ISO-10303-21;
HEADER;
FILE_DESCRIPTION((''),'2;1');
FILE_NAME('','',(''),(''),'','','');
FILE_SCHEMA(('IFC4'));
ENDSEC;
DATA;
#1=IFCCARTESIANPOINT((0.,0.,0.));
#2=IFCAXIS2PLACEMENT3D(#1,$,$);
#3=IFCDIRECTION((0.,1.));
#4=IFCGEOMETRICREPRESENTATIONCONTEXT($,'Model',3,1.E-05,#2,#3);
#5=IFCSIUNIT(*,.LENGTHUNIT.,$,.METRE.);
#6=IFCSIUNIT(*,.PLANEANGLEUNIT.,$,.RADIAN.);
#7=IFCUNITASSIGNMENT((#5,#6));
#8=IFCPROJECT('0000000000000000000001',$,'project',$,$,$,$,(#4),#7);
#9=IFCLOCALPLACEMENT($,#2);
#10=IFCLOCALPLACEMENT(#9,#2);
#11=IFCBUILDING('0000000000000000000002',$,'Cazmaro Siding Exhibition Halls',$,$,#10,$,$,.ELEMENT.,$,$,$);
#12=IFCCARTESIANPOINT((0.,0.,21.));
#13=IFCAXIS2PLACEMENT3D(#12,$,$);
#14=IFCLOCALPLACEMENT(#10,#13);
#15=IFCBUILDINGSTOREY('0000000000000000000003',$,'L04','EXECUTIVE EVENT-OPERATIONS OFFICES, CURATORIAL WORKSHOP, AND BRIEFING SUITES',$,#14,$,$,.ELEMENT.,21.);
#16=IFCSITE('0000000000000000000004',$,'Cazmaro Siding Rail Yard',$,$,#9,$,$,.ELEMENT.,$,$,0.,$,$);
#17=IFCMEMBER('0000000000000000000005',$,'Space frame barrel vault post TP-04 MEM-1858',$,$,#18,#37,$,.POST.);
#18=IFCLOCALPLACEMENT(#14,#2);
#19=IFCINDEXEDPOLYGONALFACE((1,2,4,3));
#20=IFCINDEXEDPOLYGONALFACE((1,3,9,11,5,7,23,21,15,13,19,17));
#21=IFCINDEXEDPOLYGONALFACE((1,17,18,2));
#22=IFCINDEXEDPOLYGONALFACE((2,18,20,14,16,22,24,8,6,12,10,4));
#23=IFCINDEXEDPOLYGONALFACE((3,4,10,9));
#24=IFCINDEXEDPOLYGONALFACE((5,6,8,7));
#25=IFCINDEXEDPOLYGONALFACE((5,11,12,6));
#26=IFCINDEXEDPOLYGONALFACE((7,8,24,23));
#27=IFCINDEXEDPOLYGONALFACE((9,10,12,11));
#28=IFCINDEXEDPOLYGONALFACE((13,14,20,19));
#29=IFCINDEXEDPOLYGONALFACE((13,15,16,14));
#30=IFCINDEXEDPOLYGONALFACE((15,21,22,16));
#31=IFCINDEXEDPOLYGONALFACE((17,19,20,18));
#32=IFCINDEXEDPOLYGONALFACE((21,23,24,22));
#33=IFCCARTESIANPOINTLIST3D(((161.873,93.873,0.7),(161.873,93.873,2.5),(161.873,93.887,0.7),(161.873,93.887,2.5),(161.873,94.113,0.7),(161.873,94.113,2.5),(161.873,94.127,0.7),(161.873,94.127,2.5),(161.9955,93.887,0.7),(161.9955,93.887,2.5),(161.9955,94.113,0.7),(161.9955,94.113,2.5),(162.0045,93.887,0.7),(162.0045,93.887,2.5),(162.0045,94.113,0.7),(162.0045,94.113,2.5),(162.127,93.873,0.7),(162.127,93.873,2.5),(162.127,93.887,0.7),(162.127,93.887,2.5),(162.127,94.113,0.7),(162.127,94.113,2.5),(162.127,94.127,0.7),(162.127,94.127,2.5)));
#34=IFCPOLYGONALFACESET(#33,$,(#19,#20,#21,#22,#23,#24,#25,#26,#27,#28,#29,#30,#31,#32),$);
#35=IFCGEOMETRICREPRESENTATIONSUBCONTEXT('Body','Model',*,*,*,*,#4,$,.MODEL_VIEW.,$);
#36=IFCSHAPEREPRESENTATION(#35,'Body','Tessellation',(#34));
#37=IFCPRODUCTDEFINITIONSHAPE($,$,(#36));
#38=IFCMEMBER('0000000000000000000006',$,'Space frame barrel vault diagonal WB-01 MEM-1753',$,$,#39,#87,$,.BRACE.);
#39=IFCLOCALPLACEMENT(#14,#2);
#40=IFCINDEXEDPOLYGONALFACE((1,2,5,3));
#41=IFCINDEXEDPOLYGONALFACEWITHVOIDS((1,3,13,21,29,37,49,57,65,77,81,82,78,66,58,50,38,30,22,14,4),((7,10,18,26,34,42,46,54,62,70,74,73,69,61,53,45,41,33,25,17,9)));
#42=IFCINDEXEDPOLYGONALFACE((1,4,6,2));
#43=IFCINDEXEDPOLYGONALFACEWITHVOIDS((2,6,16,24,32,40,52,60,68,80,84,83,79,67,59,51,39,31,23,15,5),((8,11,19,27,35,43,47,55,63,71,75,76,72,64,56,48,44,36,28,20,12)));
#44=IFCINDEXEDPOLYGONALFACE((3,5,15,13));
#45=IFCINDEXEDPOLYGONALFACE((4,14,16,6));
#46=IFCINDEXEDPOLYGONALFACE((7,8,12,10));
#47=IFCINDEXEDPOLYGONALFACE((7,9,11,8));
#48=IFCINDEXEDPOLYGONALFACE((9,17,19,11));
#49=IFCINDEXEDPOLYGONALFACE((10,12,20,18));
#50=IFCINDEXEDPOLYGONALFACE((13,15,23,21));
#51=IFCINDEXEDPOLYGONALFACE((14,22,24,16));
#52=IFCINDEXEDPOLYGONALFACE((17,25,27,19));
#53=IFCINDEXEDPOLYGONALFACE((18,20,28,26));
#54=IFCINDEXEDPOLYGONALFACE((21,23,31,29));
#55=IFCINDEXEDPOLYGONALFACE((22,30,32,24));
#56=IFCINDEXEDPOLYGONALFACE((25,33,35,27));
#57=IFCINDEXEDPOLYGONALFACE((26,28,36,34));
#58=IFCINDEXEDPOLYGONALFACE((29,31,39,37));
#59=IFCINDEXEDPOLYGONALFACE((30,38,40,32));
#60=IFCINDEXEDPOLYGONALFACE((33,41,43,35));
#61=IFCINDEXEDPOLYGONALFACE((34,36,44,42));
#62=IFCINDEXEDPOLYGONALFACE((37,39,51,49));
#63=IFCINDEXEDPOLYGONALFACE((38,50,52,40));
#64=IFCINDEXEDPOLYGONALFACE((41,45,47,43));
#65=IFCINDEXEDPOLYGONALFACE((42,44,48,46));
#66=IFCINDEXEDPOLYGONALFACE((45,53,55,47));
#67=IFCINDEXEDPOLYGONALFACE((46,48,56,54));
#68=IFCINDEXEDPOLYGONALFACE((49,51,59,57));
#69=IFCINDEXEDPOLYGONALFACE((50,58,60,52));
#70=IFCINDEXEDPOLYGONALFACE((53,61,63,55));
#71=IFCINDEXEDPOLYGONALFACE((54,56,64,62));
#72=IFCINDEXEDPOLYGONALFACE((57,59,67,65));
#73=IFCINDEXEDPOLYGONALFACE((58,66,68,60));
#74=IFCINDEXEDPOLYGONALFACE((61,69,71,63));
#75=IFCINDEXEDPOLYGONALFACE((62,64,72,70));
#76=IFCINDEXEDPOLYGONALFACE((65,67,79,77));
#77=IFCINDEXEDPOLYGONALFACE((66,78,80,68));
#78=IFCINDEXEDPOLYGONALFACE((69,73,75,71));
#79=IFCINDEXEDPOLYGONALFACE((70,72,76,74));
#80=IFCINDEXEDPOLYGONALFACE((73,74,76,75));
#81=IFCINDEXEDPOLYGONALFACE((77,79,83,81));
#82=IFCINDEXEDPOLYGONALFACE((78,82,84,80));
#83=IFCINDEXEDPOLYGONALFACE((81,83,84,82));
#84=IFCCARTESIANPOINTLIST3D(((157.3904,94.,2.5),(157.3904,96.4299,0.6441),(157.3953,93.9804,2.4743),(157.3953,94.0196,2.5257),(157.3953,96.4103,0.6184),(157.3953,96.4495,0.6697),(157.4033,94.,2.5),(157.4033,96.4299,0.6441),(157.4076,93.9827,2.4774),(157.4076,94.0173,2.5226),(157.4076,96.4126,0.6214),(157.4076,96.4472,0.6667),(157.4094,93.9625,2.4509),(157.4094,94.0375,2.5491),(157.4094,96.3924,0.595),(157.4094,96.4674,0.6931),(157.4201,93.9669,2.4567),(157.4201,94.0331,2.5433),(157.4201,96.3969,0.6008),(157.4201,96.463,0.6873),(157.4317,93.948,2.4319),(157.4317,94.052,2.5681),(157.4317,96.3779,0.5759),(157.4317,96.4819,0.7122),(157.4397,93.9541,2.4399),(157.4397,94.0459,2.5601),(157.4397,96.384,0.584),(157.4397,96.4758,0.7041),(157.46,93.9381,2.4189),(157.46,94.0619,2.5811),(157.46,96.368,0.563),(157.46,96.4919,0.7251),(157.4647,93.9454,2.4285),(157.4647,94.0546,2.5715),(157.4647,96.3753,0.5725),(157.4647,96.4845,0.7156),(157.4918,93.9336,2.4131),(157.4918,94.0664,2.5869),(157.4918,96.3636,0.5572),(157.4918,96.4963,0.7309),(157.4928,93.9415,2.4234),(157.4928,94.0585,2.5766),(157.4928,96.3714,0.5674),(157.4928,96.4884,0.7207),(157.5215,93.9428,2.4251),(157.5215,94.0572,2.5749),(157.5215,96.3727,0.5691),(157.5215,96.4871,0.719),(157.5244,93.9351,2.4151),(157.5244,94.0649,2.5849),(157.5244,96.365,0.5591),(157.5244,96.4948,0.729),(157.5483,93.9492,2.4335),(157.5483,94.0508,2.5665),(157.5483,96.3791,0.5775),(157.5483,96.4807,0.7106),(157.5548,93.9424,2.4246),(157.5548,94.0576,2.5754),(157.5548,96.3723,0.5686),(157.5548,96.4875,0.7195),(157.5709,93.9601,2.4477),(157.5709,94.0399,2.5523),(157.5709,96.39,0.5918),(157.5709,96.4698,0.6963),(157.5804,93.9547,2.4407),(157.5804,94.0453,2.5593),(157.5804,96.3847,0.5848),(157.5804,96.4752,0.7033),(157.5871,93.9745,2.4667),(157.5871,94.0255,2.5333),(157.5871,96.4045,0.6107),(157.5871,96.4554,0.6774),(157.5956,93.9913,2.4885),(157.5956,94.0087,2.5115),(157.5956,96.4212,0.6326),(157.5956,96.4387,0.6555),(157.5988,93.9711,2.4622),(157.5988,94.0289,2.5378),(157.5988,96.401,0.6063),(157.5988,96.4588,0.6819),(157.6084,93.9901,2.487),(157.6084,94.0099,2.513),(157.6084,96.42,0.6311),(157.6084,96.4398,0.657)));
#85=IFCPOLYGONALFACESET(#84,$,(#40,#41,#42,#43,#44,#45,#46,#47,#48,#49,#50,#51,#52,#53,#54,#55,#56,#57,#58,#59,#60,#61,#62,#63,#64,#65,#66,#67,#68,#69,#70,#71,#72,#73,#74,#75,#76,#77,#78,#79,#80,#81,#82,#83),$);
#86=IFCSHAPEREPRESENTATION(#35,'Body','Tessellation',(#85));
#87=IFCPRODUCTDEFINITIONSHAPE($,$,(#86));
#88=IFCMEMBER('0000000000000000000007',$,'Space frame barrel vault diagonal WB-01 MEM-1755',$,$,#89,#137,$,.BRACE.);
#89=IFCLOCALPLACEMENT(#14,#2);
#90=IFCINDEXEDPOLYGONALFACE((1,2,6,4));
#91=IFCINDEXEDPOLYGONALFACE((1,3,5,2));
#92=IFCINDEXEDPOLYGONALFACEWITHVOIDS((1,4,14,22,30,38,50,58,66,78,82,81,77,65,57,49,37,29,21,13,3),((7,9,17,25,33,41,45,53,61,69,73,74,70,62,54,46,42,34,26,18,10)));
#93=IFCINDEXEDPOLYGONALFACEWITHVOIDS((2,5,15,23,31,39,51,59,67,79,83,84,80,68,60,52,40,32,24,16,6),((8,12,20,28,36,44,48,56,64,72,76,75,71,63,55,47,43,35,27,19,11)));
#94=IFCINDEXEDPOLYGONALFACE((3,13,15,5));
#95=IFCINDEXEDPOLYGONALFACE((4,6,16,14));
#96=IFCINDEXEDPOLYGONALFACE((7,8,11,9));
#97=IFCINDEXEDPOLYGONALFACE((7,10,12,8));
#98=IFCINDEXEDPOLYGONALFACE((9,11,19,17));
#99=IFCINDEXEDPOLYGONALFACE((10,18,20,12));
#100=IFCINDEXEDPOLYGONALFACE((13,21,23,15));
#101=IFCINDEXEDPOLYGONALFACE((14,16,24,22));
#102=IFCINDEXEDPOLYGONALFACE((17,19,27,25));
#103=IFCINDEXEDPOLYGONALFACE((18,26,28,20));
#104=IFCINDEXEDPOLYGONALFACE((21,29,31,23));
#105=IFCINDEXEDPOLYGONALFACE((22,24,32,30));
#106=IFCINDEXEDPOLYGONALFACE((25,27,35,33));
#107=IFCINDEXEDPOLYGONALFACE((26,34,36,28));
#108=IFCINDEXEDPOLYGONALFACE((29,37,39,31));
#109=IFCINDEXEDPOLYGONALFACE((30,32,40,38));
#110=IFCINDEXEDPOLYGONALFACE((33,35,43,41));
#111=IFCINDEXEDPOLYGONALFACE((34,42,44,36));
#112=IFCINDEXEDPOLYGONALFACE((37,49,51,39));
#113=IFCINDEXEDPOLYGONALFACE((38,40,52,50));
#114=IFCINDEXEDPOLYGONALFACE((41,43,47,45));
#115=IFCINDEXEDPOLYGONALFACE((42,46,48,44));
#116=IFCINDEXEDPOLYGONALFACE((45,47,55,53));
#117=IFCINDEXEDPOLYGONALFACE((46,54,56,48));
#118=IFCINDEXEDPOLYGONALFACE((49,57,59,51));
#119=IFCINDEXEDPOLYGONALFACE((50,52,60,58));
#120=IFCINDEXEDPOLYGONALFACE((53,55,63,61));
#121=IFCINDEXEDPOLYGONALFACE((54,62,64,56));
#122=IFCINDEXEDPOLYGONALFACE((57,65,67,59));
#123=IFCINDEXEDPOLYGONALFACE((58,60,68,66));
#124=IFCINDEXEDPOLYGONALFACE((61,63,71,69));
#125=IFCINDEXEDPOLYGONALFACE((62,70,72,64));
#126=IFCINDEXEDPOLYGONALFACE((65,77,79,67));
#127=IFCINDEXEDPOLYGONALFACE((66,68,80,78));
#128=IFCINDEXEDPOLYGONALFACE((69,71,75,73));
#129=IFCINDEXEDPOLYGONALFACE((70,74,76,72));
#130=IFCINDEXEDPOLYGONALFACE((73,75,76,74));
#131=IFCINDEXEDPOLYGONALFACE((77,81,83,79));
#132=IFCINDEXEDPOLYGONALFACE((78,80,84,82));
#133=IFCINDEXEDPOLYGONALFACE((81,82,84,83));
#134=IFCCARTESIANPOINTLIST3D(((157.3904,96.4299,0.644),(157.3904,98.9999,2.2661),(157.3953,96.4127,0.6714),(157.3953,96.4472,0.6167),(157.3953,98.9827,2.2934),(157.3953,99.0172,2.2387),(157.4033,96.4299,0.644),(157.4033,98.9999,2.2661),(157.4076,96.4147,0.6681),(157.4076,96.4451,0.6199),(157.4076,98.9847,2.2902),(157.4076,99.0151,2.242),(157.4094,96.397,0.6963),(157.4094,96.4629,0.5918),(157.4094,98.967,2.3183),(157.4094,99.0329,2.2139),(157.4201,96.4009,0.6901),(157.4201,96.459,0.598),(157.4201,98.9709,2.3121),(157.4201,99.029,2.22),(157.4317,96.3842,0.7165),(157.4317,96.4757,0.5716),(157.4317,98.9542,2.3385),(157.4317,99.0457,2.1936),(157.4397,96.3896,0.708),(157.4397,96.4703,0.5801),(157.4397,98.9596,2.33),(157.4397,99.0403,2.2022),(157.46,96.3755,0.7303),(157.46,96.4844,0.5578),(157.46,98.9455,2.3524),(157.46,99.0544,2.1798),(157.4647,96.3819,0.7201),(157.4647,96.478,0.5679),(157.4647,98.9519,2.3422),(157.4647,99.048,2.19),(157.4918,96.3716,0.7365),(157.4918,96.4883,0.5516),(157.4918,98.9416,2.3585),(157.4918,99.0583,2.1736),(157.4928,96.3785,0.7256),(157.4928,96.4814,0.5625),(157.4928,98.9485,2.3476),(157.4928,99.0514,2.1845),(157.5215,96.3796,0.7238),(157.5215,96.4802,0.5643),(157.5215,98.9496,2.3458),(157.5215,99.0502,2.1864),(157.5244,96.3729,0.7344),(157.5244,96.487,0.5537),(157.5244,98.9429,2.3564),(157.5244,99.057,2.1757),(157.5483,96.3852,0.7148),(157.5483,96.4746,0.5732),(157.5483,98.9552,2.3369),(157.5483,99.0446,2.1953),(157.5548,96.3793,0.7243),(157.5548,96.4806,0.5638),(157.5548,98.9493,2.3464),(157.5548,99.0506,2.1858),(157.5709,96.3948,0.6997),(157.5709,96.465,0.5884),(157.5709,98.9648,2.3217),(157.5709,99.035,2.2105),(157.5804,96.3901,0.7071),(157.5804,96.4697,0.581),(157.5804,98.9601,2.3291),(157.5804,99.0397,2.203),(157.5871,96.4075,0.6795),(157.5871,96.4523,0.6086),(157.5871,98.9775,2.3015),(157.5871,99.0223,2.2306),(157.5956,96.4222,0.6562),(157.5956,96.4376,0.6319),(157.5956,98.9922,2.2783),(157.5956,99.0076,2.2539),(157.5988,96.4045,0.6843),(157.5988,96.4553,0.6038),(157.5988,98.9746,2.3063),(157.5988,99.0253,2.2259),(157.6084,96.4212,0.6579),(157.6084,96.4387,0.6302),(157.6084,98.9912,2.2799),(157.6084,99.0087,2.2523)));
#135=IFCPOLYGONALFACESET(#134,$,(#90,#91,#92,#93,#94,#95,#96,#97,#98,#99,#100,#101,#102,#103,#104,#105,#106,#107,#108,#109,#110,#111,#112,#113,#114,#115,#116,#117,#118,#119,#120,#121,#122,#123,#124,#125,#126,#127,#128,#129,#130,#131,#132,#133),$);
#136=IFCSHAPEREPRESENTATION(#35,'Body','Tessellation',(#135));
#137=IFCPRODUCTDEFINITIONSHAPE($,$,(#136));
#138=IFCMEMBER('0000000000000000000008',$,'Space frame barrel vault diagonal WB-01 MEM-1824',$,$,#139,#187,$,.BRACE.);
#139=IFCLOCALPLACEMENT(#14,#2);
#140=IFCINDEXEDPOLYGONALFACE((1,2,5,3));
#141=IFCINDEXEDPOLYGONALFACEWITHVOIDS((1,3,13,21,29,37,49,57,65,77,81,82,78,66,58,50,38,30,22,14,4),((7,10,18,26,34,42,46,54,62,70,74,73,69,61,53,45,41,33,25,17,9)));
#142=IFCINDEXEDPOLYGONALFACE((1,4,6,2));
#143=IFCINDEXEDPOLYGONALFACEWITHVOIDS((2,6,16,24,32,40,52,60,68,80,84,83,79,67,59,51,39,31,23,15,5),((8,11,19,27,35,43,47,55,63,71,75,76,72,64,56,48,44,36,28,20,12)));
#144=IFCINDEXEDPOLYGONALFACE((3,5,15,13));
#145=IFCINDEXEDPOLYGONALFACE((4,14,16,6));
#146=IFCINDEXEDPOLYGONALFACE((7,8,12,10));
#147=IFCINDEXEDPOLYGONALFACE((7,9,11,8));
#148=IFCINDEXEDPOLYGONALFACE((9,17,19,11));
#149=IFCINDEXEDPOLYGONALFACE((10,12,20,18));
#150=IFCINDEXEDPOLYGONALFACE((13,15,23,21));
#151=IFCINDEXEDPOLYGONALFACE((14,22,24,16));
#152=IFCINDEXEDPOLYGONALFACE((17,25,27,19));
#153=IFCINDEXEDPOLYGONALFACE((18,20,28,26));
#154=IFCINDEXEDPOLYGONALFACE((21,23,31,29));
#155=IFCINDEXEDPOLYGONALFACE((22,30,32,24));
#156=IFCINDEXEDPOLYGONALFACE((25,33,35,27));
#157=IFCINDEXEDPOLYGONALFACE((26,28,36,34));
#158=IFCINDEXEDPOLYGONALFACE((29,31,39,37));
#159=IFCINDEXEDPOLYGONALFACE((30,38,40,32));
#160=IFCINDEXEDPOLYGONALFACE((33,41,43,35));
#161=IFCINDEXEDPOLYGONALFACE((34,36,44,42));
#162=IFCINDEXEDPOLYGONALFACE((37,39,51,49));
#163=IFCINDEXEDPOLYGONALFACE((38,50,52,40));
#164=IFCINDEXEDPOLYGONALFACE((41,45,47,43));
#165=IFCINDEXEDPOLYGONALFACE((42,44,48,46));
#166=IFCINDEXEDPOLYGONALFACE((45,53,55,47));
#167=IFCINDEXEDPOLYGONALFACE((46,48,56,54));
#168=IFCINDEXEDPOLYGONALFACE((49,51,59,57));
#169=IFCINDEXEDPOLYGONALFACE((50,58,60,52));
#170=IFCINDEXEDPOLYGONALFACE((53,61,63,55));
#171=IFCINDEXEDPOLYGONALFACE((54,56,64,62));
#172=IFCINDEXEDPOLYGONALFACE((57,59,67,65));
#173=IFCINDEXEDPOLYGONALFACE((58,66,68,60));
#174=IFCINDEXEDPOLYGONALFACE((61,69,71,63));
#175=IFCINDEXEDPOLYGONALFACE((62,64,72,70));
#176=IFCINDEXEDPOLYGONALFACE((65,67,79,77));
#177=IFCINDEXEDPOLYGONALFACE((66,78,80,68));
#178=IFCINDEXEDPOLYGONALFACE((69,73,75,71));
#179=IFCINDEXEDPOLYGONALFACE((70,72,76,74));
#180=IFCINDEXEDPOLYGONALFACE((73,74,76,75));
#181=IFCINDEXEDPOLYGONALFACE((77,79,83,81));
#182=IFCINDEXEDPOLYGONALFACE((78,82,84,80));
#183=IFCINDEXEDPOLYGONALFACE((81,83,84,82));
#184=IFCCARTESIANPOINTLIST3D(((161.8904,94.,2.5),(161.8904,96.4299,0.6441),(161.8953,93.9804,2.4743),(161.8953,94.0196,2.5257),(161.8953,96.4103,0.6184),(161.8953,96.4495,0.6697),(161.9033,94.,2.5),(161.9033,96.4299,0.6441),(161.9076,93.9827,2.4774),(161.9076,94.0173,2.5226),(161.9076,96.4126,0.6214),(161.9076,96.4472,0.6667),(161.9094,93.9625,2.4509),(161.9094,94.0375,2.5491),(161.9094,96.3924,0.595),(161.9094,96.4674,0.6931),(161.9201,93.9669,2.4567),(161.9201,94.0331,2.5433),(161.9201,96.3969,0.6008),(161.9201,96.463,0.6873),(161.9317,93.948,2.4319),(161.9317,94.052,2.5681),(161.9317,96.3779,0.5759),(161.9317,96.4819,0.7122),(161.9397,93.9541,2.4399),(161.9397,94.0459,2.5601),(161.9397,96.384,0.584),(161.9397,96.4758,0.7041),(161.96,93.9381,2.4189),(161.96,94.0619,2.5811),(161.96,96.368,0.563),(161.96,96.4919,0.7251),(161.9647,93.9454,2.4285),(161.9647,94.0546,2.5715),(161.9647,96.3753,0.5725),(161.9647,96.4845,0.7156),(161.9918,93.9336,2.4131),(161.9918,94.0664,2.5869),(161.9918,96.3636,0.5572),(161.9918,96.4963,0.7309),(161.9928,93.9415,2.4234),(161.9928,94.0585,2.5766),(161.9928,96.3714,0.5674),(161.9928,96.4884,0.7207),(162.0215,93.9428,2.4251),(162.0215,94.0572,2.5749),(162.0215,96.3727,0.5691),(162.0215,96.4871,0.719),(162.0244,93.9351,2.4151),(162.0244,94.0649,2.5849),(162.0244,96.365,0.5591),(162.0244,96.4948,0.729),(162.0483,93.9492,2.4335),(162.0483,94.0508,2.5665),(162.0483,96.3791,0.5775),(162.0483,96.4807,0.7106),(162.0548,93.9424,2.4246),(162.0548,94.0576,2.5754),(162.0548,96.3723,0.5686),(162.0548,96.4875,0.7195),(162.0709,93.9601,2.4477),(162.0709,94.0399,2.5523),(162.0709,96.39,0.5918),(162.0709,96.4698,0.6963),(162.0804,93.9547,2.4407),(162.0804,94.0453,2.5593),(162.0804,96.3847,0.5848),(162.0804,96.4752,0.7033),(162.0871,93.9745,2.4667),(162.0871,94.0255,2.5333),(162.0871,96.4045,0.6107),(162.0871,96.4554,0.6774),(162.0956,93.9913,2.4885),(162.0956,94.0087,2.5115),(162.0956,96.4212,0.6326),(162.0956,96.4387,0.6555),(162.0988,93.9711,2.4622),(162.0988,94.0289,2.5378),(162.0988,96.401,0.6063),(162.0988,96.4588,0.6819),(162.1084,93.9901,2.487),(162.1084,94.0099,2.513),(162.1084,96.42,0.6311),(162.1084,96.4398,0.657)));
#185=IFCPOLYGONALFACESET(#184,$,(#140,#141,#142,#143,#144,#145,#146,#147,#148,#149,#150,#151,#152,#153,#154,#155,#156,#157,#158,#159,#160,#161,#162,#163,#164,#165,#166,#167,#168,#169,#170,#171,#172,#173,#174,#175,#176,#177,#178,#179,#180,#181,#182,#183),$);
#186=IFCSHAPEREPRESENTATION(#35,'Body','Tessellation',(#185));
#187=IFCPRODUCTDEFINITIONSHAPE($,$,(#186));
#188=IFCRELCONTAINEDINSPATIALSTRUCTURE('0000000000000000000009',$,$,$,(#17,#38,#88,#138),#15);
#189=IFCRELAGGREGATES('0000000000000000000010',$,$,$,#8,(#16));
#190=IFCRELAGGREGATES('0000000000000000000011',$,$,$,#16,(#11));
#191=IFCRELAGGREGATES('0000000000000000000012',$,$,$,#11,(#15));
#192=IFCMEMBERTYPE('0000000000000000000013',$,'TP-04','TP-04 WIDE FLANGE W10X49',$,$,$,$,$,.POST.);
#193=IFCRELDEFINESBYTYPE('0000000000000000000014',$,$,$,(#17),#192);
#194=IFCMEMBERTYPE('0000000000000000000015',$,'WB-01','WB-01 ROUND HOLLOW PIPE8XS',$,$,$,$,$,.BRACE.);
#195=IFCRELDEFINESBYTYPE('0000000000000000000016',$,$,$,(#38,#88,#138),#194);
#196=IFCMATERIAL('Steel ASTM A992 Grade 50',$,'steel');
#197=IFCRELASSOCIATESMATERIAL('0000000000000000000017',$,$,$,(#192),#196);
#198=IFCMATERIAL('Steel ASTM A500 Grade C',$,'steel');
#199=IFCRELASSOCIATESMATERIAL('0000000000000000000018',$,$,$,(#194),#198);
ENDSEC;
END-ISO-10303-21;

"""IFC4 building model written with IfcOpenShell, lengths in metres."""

from ifc_helpers import new_model, si_unit, direction, frame, origin, origin_2d, place, context, subcontext, project, spatial, hollow_circle, i_section, extrude, material, material_profile, profile_set, type_object, element, save


model = new_model("IFC4")

# Units and contexts
model_context = context("Model", 3, precision=1e-05, world=origin(), true_north=direction((0.0, 1.0)))
body_context = subcontext(model_context, "Body", "Model", "MODEL_VIEW")
ifc_project = project(units=[si_unit("LENGTHUNIT", "METRE"), si_unit("PLANEANGLEUNIT", "RADIAN")], contexts=[model_context])

# Site, building, storey
site_placement = place(None, origin())
site = spatial("IfcSite", under=ifc_project, at=site_placement, Name="Cazmaro Siding Rail Yard", CompositionType="ELEMENT", RefElevation=0.0)
building_placement = place(site_placement, origin())
building = spatial("IfcBuilding", under=site, at=building_placement, Name="Cazmaro Siding Exhibition Halls", CompositionType="ELEMENT")
storey_placement = place(building_placement, frame((0.0, 0.0, 21.0)))
storey = spatial("IfcBuildingStorey", under=building, at=storey_placement, Name="L04", Description="EXECUTIVE EVENT-OPERATIONS OFFICES, CURATORIAL WORKSHOP, AND BRIEFING SUITES", CompositionType="ELEMENT", Elevation=21.0)

# Members
ifc_material_1 = material(Name="Steel ASTM A992 Grade 50", Category="steel")
ifc_material_profile_1 = material_profile(ifc_material_1, i_section(OverallWidth=0.2539, OverallDepth=0.2539, WebThickness=0.009, FlangeThickness=0.0139, at=origin_2d()), Name="W10X49")
ifc_profile_set_1 = profile_set([ifc_material_profile_1], Name="Steel ASTM A992 Grade 50")
member_type_1 = type_object("IfcMemberType", Name="TP-04", Description="TP-04 WIDE FLANGE W10X49", PredefinedType="POST", material=ifc_profile_set_1)
member_1_placement = place(storey_placement, frame((162.0, 94.0, 0.7), z_axis=(0.0, 0.0, 1.0), x_axis=(1.0, 0.0, 0.0)))
element("IfcMember", 1, at=member_1_placement, inside=storey, type_object=member_type_1, Name="Space frame barrel vault post TP-04 MEM-1858", PredefinedType="POST", context=body_context, shape_type="SweptSolid", body=[
    extrude(i_section(OverallWidth=0.2539, OverallDepth=0.2539, WebThickness=0.009, FlangeThickness=0.0139, at=origin_2d()), origin(), (0.0, 0.0, 1.0), 1.8),
])
ifc_material_2 = material(Name="Steel ASTM A500 Grade C", Category="steel")
ifc_material_profile_2 = material_profile(ifc_material_2, hollow_circle(Radius=0.1096, WallThickness=0.0129, at=origin_2d()), Name="PIPE8XS")
ifc_profile_set_2 = profile_set([ifc_material_profile_2], Name="Steel ASTM A500 Grade C")
member_type_2 = type_object("IfcMemberType", Name="WB-01", Description="WB-01 ROUND HOLLOW PIPE8XS", PredefinedType="BRACE", material=ifc_profile_set_2)
member_2_placement = place(storey_placement, frame((157.5, 94.0, 2.5), z_axis=(0.0, 0.794709, -0.606991), x_axis=(-1.0, 0.0, 0.0)))
element("IfcMember", 2, at=member_2_placement, inside=storey, type_object=member_type_2, Name="Space frame barrel vault diagonal WB-01 MEM-1753", PredefinedType="BRACE", context=body_context, shape_type="SweptSolid", body=[
    extrude(hollow_circle(Radius=0.1096, WallThickness=0.0129, at=origin_2d()), origin(), (0.0, 0.0, 1.0), 3.0576),
])
member_3_placement = place(storey_placement, frame((157.5, 96.4299, 0.644), z_axis=(0.0, 0.845657, 0.533727), x_axis=(-1.0, 0.0, 0.0)))
element("IfcMember", 3, at=member_3_placement, inside=storey, type_object=member_type_2, Name="Space frame barrel vault diagonal WB-01 MEM-1755", PredefinedType="BRACE", context=body_context, shape_type="SweptSolid", body=[
    extrude(hollow_circle(Radius=0.1096, WallThickness=0.0129, at=origin_2d()), origin(), (0.0, 0.0, 1.0), 3.0391),
])
member_4_placement = place(storey_placement, frame((162.0, 94.0, 2.5), z_axis=(0.0, 0.794709, -0.606991), x_axis=(-1.0, 0.0, 0.0)))
element("IfcMember", 4, at=member_4_placement, inside=storey, type_object=member_type_2, Name="Space frame barrel vault diagonal WB-01 MEM-1824", PredefinedType="BRACE", context=body_context, shape_type="SweptSolid", body=[
    extrude(hollow_circle(Radius=0.1096, WallThickness=0.0129, at=origin_2d()), origin(), (0.0, 0.0, 1.0), 3.0576),
])

save(model, "model.ifc")
